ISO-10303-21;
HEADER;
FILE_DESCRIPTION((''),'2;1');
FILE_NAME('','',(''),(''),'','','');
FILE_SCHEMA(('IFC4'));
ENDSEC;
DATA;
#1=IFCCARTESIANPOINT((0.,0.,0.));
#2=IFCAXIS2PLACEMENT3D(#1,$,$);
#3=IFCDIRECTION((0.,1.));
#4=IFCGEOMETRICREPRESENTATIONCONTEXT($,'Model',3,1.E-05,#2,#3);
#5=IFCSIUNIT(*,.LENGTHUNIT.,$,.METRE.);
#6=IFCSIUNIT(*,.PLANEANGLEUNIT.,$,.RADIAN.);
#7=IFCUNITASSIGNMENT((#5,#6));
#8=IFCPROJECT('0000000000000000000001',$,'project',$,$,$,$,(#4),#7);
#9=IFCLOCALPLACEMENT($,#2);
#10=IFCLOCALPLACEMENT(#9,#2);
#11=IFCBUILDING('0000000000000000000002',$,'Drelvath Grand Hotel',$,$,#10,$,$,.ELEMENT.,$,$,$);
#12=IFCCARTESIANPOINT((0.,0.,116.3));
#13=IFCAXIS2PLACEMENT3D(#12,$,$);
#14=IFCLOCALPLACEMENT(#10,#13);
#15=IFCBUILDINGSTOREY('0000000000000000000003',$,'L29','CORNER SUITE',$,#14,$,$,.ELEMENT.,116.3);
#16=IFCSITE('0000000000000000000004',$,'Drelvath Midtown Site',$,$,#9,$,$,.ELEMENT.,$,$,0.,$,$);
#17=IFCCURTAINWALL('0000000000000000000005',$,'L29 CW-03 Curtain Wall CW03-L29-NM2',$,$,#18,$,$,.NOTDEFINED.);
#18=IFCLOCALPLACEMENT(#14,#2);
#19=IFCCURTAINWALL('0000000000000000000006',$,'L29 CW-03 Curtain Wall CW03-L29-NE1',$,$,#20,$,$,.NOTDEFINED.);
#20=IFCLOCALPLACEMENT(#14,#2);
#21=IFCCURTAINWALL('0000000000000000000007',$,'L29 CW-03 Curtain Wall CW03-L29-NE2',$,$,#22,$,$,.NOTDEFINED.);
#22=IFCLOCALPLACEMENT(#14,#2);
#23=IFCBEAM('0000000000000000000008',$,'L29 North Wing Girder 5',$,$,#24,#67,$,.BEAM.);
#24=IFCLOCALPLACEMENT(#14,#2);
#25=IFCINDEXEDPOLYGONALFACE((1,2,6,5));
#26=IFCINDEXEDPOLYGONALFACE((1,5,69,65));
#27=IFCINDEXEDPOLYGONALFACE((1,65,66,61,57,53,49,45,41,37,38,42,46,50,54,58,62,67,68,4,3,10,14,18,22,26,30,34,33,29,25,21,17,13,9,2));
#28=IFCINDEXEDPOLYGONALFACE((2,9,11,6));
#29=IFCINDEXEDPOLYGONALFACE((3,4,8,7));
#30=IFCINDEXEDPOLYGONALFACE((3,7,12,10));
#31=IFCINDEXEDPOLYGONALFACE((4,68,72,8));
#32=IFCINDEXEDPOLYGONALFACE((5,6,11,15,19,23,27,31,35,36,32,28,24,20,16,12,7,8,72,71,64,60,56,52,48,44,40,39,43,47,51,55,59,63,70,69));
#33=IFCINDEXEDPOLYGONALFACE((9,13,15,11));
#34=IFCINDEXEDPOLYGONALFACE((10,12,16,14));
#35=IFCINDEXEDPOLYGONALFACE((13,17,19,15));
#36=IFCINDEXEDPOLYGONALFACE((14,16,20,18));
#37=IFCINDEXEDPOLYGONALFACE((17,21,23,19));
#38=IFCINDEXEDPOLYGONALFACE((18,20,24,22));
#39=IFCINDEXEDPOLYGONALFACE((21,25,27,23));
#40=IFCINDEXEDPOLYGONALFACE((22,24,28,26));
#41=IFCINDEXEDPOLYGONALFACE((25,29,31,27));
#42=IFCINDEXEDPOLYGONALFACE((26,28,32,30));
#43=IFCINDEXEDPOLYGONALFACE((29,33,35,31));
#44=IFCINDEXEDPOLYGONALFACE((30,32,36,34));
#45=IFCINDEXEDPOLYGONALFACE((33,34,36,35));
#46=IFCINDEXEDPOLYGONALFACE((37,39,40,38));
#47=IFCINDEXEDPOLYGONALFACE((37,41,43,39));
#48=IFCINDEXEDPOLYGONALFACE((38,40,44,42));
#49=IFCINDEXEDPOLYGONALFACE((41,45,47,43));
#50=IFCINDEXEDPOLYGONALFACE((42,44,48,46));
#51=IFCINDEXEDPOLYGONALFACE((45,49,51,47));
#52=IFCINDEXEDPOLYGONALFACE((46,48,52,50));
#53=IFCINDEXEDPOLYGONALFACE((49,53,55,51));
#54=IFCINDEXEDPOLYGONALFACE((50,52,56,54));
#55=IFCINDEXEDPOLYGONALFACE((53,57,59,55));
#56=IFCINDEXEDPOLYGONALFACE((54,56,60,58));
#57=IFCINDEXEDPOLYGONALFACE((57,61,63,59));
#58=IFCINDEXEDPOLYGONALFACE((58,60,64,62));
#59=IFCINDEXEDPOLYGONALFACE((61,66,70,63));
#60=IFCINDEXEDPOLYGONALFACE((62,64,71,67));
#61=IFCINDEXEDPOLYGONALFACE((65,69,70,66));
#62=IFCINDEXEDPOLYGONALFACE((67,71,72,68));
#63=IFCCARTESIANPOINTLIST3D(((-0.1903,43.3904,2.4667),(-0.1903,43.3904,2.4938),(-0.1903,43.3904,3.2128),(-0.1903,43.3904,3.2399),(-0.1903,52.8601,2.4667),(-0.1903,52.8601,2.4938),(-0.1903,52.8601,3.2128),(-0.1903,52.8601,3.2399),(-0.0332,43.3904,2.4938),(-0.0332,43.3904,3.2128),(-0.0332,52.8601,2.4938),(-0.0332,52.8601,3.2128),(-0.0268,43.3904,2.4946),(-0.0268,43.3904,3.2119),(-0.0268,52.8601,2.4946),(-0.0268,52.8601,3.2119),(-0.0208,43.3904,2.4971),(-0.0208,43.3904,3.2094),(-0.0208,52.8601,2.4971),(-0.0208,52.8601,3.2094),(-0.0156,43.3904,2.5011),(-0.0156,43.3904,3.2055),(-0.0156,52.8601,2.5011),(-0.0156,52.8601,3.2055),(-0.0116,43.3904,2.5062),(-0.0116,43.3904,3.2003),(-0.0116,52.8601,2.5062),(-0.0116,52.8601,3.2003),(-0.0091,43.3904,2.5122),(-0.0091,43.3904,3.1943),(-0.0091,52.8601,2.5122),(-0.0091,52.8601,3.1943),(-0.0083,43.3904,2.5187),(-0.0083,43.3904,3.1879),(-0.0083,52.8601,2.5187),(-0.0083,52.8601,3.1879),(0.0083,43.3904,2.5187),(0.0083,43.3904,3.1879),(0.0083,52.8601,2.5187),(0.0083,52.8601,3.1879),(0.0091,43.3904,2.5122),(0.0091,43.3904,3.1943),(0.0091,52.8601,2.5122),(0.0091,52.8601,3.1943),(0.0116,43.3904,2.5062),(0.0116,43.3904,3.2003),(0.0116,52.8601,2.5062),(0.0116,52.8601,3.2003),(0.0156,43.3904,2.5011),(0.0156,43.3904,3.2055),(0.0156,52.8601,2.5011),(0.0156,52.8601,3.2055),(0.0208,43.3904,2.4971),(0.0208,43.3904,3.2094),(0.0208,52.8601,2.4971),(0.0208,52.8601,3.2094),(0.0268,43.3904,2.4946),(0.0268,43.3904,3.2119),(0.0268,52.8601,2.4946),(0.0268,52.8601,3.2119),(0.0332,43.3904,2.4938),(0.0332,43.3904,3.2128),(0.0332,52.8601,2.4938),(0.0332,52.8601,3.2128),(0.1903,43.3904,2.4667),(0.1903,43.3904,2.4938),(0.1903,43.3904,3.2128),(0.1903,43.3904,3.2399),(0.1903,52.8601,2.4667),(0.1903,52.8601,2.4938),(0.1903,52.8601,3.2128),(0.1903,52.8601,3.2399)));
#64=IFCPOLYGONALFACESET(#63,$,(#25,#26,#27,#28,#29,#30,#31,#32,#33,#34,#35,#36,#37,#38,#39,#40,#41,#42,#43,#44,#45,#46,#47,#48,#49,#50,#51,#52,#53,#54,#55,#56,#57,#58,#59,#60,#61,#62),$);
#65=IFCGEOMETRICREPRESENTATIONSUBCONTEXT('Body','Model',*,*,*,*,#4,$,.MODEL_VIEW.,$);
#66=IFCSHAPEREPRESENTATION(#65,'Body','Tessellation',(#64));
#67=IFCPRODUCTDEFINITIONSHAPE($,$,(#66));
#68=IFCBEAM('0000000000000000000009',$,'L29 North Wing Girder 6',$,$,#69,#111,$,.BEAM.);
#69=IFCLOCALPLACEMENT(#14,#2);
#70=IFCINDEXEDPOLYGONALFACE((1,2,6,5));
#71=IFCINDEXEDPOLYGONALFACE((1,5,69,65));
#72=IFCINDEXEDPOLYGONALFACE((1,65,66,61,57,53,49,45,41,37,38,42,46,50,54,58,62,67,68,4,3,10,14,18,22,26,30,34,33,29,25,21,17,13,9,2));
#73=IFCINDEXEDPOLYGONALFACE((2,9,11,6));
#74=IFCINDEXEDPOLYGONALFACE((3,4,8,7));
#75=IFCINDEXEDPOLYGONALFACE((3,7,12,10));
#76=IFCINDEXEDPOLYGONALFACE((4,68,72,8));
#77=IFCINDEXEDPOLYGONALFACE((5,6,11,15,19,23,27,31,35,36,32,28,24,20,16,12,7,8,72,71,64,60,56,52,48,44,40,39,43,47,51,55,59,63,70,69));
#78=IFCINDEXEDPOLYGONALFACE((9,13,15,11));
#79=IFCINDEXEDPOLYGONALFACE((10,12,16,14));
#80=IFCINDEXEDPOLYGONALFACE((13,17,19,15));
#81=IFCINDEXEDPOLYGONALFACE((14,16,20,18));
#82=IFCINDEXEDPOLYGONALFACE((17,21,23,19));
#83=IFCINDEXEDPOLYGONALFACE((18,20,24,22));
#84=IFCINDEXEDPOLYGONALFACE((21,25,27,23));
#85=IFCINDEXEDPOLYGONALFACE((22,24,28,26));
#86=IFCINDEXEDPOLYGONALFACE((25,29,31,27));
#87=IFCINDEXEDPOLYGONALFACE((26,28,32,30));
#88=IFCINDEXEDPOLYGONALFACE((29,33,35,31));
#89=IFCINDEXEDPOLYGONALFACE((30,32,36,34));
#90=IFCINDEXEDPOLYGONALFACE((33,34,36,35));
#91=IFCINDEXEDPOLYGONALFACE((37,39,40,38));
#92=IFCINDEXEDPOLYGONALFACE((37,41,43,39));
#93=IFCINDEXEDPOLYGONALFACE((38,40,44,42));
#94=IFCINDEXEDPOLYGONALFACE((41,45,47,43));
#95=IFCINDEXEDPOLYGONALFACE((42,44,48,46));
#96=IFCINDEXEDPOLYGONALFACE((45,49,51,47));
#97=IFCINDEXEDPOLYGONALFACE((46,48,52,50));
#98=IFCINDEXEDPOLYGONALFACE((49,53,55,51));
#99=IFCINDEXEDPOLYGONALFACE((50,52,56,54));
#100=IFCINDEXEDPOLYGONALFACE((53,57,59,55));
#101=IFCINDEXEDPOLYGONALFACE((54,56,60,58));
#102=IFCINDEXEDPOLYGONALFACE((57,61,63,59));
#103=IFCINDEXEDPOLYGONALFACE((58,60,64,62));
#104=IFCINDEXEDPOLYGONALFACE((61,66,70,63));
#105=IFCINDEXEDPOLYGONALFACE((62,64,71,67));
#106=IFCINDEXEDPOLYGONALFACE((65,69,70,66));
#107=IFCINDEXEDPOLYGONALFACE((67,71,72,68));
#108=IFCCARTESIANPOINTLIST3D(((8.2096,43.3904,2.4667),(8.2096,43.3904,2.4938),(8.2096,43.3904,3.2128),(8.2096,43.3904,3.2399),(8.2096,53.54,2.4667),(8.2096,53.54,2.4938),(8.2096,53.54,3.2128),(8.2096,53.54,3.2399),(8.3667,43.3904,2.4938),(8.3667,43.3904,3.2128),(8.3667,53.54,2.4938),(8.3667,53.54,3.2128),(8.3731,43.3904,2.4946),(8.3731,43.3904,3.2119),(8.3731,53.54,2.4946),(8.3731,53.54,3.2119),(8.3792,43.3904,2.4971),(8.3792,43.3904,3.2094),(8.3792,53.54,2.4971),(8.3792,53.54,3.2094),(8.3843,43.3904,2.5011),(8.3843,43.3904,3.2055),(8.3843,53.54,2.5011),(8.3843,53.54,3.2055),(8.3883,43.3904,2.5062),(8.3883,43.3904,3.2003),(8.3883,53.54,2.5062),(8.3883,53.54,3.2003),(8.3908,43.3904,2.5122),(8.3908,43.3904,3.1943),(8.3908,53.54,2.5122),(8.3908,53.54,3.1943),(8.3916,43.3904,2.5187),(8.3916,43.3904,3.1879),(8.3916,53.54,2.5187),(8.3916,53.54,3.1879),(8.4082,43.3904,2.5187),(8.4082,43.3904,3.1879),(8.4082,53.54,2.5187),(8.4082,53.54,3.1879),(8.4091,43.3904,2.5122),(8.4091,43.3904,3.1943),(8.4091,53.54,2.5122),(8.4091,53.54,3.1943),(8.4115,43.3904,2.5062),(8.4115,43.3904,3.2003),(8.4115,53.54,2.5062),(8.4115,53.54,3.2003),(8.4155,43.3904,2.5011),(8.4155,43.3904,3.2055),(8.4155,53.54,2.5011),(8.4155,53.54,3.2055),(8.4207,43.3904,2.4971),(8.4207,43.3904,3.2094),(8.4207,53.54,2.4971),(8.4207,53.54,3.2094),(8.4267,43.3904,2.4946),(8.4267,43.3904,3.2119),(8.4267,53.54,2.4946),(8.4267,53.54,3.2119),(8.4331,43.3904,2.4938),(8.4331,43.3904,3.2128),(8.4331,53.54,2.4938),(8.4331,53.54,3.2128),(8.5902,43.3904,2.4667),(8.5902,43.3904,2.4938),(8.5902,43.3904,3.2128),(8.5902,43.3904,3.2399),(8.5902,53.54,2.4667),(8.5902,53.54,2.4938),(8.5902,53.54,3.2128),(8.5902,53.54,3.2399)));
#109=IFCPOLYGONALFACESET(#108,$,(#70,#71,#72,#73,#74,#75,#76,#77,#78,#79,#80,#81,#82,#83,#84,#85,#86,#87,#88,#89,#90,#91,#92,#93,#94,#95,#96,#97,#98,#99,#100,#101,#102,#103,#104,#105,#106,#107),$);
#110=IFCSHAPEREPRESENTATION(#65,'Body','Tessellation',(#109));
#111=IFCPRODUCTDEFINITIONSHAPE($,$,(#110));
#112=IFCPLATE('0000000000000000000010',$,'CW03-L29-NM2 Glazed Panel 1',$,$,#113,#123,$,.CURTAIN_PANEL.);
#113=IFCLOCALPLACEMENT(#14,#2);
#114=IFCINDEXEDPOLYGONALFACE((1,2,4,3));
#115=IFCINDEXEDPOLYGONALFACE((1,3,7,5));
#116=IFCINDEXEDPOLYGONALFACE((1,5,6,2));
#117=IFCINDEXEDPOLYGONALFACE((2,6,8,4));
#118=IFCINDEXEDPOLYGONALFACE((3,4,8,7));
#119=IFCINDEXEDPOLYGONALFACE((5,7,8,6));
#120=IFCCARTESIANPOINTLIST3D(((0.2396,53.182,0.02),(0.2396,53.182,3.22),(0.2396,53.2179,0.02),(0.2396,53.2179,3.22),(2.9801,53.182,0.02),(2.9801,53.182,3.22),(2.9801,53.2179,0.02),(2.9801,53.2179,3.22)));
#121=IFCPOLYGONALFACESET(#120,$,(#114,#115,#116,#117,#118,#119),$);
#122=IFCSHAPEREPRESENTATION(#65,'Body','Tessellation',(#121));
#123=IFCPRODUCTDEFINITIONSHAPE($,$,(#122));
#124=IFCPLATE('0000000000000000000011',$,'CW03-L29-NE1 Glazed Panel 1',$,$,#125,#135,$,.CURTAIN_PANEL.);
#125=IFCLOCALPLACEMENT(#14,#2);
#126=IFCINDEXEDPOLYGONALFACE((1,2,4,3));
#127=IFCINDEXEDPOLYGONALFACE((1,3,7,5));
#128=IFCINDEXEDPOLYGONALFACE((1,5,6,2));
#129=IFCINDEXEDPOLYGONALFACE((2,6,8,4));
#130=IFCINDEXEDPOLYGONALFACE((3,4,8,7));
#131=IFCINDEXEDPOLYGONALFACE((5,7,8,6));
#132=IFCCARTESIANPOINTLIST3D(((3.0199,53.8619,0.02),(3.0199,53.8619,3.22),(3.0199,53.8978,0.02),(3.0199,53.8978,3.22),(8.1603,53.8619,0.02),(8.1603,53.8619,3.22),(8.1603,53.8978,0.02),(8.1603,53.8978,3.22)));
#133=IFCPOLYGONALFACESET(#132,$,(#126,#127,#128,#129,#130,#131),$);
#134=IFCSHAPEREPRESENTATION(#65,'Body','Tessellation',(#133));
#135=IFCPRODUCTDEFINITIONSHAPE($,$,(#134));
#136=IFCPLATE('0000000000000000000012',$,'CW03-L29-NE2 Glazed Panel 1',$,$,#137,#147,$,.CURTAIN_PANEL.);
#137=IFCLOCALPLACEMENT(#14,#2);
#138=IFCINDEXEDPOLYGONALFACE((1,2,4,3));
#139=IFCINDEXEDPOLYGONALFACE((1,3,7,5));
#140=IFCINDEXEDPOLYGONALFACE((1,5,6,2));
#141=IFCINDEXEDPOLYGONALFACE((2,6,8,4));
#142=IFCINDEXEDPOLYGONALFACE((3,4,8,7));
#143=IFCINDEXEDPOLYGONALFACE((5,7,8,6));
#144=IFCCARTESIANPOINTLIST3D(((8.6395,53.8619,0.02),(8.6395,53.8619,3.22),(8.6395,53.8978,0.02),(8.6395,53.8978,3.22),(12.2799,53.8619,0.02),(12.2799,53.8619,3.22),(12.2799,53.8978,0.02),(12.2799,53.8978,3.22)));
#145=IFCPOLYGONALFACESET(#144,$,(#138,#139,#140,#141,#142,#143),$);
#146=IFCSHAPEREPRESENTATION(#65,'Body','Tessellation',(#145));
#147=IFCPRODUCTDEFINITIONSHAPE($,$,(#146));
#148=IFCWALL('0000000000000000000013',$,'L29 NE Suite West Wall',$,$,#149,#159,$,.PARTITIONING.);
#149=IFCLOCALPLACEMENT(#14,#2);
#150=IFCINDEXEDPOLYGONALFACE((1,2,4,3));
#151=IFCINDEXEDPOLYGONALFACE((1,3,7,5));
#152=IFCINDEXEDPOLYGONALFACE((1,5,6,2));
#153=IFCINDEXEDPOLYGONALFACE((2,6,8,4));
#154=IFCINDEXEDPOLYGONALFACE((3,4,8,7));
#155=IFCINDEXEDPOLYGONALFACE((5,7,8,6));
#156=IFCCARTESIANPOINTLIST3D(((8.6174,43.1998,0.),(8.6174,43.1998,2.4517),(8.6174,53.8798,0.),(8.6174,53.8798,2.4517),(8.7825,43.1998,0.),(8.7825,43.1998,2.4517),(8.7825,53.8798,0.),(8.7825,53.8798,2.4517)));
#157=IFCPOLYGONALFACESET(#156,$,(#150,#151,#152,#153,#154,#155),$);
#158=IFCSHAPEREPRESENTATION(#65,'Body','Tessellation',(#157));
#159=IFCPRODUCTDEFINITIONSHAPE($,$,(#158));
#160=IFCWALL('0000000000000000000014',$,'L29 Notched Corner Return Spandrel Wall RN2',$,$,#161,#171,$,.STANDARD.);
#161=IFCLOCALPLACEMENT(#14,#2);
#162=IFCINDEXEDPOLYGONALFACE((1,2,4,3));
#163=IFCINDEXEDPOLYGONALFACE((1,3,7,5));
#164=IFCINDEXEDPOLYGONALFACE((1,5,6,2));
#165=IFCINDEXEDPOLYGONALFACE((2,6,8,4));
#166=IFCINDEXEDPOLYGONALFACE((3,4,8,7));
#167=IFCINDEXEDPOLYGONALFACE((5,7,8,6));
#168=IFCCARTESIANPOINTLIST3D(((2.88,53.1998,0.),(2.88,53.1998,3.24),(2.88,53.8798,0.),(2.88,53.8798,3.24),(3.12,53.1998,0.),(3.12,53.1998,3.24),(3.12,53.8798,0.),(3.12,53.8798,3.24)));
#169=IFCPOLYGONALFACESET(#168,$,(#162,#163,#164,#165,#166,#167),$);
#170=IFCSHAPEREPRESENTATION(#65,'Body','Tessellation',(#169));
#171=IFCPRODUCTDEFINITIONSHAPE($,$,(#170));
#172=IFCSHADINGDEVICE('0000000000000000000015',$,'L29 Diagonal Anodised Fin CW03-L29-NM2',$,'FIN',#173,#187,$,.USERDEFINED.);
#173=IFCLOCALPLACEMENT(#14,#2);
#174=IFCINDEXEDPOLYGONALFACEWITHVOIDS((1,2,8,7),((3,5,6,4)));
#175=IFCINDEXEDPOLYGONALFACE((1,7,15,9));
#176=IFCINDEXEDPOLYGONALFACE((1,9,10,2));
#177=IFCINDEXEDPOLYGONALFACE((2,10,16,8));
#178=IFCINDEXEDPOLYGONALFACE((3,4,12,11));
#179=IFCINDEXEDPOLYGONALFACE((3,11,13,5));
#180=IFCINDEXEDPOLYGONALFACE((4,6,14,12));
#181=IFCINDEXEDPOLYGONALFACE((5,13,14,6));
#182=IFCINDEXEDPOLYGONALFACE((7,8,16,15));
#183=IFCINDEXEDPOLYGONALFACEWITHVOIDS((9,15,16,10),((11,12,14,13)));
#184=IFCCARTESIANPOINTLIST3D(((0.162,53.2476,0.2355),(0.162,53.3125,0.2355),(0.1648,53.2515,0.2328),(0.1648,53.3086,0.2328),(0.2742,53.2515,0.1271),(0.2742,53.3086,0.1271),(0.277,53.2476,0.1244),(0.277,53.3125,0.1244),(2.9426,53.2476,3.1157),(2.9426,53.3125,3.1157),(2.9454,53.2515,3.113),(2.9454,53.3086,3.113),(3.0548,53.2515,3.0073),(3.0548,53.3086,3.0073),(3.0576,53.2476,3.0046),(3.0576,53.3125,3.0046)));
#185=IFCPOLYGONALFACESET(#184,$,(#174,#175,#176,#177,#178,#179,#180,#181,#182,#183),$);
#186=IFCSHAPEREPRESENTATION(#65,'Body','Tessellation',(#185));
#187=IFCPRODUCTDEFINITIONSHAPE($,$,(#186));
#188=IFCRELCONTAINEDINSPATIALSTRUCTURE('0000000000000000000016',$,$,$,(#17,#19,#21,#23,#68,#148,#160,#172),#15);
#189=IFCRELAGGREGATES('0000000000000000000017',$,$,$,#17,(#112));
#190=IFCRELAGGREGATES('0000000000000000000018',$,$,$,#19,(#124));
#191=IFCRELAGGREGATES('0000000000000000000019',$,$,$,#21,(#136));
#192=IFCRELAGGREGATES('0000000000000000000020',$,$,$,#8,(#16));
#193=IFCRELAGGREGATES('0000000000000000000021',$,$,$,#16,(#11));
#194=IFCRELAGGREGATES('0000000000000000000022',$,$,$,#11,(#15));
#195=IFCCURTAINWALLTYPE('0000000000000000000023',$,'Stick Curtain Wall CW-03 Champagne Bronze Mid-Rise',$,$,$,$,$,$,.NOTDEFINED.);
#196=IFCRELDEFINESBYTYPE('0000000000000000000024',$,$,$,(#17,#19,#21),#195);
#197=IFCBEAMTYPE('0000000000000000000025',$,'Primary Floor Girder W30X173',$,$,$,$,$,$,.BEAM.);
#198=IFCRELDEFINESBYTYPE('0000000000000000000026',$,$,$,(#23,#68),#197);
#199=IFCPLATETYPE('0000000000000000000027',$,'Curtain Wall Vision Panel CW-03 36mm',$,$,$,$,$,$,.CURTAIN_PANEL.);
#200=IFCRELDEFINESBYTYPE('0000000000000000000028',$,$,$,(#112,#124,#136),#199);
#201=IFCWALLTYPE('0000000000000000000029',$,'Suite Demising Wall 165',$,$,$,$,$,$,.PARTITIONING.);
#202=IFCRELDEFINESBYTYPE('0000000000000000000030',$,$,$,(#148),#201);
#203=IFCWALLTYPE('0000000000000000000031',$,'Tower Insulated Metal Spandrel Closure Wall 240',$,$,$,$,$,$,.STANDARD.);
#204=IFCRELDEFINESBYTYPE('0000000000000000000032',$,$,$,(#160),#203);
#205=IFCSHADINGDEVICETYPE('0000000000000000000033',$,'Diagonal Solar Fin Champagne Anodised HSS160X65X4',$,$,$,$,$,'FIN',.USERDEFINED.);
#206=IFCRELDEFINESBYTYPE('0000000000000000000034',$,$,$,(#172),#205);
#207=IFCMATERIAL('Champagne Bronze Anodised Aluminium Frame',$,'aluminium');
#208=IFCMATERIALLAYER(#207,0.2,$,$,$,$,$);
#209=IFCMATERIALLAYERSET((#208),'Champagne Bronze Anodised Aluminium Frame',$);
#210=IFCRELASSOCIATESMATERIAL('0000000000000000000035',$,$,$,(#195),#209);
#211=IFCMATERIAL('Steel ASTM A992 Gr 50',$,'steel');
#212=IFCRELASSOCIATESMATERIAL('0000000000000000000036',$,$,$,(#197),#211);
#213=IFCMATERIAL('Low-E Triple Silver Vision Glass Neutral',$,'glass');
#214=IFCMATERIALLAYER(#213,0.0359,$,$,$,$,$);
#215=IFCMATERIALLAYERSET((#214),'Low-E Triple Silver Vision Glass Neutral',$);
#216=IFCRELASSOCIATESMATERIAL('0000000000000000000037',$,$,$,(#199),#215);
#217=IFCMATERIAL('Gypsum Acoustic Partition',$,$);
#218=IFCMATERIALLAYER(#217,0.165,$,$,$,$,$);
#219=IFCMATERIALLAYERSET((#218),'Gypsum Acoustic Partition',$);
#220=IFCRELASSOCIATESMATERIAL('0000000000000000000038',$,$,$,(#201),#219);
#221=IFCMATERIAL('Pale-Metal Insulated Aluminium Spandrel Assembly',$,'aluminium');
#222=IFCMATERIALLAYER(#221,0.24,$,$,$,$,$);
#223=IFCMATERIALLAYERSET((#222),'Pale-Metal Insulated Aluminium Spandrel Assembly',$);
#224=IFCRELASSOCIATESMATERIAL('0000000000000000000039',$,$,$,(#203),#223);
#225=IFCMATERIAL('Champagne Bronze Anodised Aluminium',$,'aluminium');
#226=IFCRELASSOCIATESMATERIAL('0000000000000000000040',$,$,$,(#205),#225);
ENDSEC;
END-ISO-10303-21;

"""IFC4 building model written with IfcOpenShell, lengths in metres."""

from ifc_helpers import new_model, si_unit, direction, frame, frame_2d, origin, origin_2d, place, context, subcontext, project, spatial, rectangle, hollow_rectangle, i_section, extrude, material, layer, layer_set, material_profile, profile_set, type_object, element, aggregate, save


model = new_model("IFC4")

# Units and contexts
model_context = context("Model", 3, precision=1e-05, world=origin(), true_north=direction((0.0, 1.0)))
body_context = subcontext(model_context, "Body", "Model", "MODEL_VIEW")
ifc_project = project(units=[si_unit("LENGTHUNIT", "METRE"), si_unit("PLANEANGLEUNIT", "RADIAN")], contexts=[model_context])

# Site, building, storey
site_placement = place(None, origin())
site = spatial("IfcSite", under=ifc_project, at=site_placement, Name="Drelvath Midtown Site", CompositionType="ELEMENT", RefElevation=0.0)
building_placement = place(site_placement, origin())
building = spatial("IfcBuilding", under=site, at=building_placement, Name="Drelvath Grand Hotel", CompositionType="ELEMENT")
storey_placement = place(building_placement, frame((0.0, 0.0, 116.3)))
storey = spatial("IfcBuildingStorey", under=building, at=storey_placement, Name="L29", Description="CORNER SUITE", CompositionType="ELEMENT", Elevation=116.3)

# Curtain walls
ifc_material_1 = material(Name="Champagne Bronze Anodised Aluminium Frame", Category="aluminium")
ifc_layer_1 = layer(ifc_material_1, 0.2)
ifc_layer_set_1 = layer_set([ifc_layer_1], Name="Champagne Bronze Anodised Aluminium Frame")
curtain_wall_type = type_object("IfcCurtainWallType", Name="Stick Curtain Wall CW-03 Champagne Bronze Mid-Rise", PredefinedType="NOTDEFINED", material=ifc_layer_set_1)
curtain_wall_1_placement = place(storey_placement, origin())
curtain_wall_1 = element("IfcCurtainWall", 1, at=curtain_wall_1_placement, inside=storey, type_object=curtain_wall_type, Name="L29 CW-03 Curtain Wall CW03-L29-NM2", PredefinedType="NOTDEFINED")
curtain_wall_2_placement = place(storey_placement, origin())
curtain_wall_2 = element("IfcCurtainWall", 2, at=curtain_wall_2_placement, inside=storey, type_object=curtain_wall_type, Name="L29 CW-03 Curtain Wall CW03-L29-NE1", PredefinedType="NOTDEFINED")
curtain_wall_3_placement = place(storey_placement, origin())
curtain_wall_3 = element("IfcCurtainWall", 3, at=curtain_wall_3_placement, inside=storey, type_object=curtain_wall_type, Name="L29 CW-03 Curtain Wall CW03-L29-NE2", PredefinedType="NOTDEFINED")

# Beams
ifc_material_2 = material(Name="Steel ASTM A992 Gr 50", Category="steel")
ifc_material_profile_1 = material_profile(ifc_material_2, i_section(OverallWidth=0.3806, OverallDepth=0.7732, WebThickness=0.0166, FlangeThickness=0.0271, FilletRadius=0.0249, at=origin_2d()), Name="W30X173")
ifc_profile_set_1 = profile_set([ifc_material_profile_1], Name="Steel ASTM A992 Gr 50")
beam_type_1 = type_object("IfcBeamType", Name="Primary Floor Girder W30X173", PredefinedType="BEAM", material=ifc_profile_set_1)
beam_1_placement = place(storey_placement, frame((0.0, 43.3904, 2.8533), z_axis=(0.0, 1.0, 0.0), x_axis=(-1.0, 0.0, 0.0)))
element("IfcBeam", 4, at=beam_1_placement, inside=storey, type_object=beam_type_1, Name="L29 North Wing Girder 5", PredefinedType="BEAM", context=body_context, shape_type="SweptSolid", body=[
    extrude(i_section(OverallWidth=0.3806, OverallDepth=0.7732, WebThickness=0.0166, FlangeThickness=0.0271, FilletRadius=0.0249, at=origin_2d()), origin(), (0.0, 0.0, 1.0), 9.4697),
])
beam_2_placement = place(storey_placement, frame((8.3999, 43.3904, 2.8533), z_axis=(0.0, 1.0, 0.0), x_axis=(-1.0, 0.0, 0.0)))
element("IfcBeam", 5, at=beam_2_placement, inside=storey, type_object=beam_type_1, Name="L29 North Wing Girder 6", PredefinedType="BEAM", context=body_context, shape_type="SweptSolid", body=[
    extrude(i_section(OverallWidth=0.3806, OverallDepth=0.7732, WebThickness=0.0166, FlangeThickness=0.0271, FilletRadius=0.0249, at=origin_2d()), origin(), (0.0, 0.0, 1.0), 10.1497),
])

# Plates
ifc_material_3 = material(Name="Low-E Triple Silver Vision Glass Neutral", Category="glass")
ifc_layer_2 = layer(ifc_material_3, 0.0359)
ifc_layer_set_2 = layer_set([ifc_layer_2], Name="Low-E Triple Silver Vision Glass Neutral")
plate_type = type_object("IfcPlateType", Name="Curtain Wall Vision Panel CW-03 36mm", PredefinedType="CURTAIN_PANEL", material=ifc_layer_set_2)
plate_1_placement = place(storey_placement, frame((1.6099, 53.2, 0.02), z_axis=(0.0, 0.0, 1.0), x_axis=(1.0, 0.0, 0.0)))
plate_1 = element("IfcPlate", 6, at=plate_1_placement, type_object=plate_type, Name="CW03-L29-NM2 Glazed Panel 1", PredefinedType="CURTAIN_PANEL", context=body_context, shape_type="SweptSolid", body=[
    extrude(rectangle(XDim=2.7405, YDim=0.0359, at=origin_2d()), origin(), (0.0, 0.0, 1.0), 3.2),
])
aggregate(curtain_wall_1, [plate_1])
plate_2_placement = place(storey_placement, frame((5.5901, 53.8799, 0.02), z_axis=(0.0, 0.0, 1.0), x_axis=(1.0, 0.0, 0.0)))
plate_2 = element("IfcPlate", 7, at=plate_2_placement, type_object=plate_type, Name="CW03-L29-NE1 Glazed Panel 1", PredefinedType="CURTAIN_PANEL", context=body_context, shape_type="SweptSolid", body=[
    extrude(rectangle(XDim=5.1404, YDim=0.0359, at=origin_2d()), origin(), (0.0, 0.0, 1.0), 3.2),
])
aggregate(curtain_wall_2, [plate_2])
plate_3_placement = place(storey_placement, frame((10.4597, 53.8799, 0.02), z_axis=(0.0, 0.0, 1.0), x_axis=(1.0, 0.0, 0.0)))
plate_3 = element("IfcPlate", 8, at=plate_3_placement, type_object=plate_type, Name="CW03-L29-NE2 Glazed Panel 1", PredefinedType="CURTAIN_PANEL", context=body_context, shape_type="SweptSolid", body=[
    extrude(rectangle(XDim=3.6404, YDim=0.0359, at=origin_2d()), origin(), (0.0, 0.0, 1.0), 3.2),
])
aggregate(curtain_wall_3, [plate_3])

# Walls
ifc_material_4 = material(Name="Gypsum Acoustic Partition")
ifc_layer_3 = layer(ifc_material_4, 0.165)
ifc_layer_set_3 = layer_set([ifc_layer_3], Name="Gypsum Acoustic Partition")
wall_type_1 = type_object("IfcWallType", Name="Suite Demising Wall 165", PredefinedType="PARTITIONING", material=ifc_layer_set_3)
wall_1_placement = place(storey_placement, frame((8.7, 43.2, 0.0), z_axis=(0.0, 0.0, 1.0), x_axis=(0.0, 1.0, 0.0)))
element("IfcWall", 9, at=wall_1_placement, inside=storey, type_object=wall_type_1, Name="L29 NE Suite West Wall", PredefinedType="PARTITIONING", context=body_context, shape_type="SweptSolid", body=[
    extrude(rectangle(XDim=10.6799, YDim=0.165, at=frame_2d((5.3398, 0.0))), origin(), (0.0, 0.0, 1.0), 2.4517),
])
ifc_material_5 = material(Name="Pale-Metal Insulated Aluminium Spandrel Assembly", Category="aluminium")
ifc_layer_4 = layer(ifc_material_5, 0.24)
ifc_layer_set_4 = layer_set([ifc_layer_4], Name="Pale-Metal Insulated Aluminium Spandrel Assembly")
wall_type_2 = type_object("IfcWallType", Name="Tower Insulated Metal Spandrel Closure Wall 240", PredefinedType="STANDARD", material=ifc_layer_set_4)
wall_2_placement = place(storey_placement, frame((3.0, 53.2, 0.0), z_axis=(0.0, 0.0, 1.0), x_axis=(0.0, 1.0, 0.0)))
element("IfcWall", 10, at=wall_2_placement, inside=storey, type_object=wall_type_2, Name="L29 Notched Corner Return Spandrel Wall RN2", PredefinedType="STANDARD", context=body_context, shape_type="SweptSolid", body=[
    extrude(rectangle(XDim=0.6799, YDim=0.24, at=frame_2d((0.3398, 0.0))), origin(), (0.0, 0.0, 1.0), 3.24),
])

# Shading device
ifc_material_6 = material(Name="Champagne Bronze Anodised Aluminium", Category="aluminium")
ifc_material_profile_2 = material_profile(ifc_material_6, hollow_rectangle(XDim=0.0649, YDim=0.1599, WallThickness=0.0039, at=origin_2d()), Name="HSS160X65X4")
ifc_profile_set_2 = profile_set([ifc_material_profile_2], Name="Champagne Bronze Anodised Aluminium")
shading_device_type = type_object("IfcShadingDeviceType", Name="Diagonal Solar Fin Champagne Anodised HSS160X65X4", ElementType="FIN", PredefinedType="USERDEFINED", material=ifc_profile_set_2)
shading_device_placement = place(storey_placement, frame((0.2195, 53.28, 0.1799), z_axis=(0.694556, 0.0, 0.719438), x_axis=(0.0, 1.0, 0.0)))
element("IfcShadingDevice", 11, at=shading_device_placement, inside=storey, type_object=shading_device_type, Name="L29 Diagonal Anodised Fin CW03-L29-NM2", ObjectType="FIN", PredefinedType="USERDEFINED", context=body_context, shape_type="SweptSolid", body=[
    extrude(hollow_rectangle(XDim=0.0649, YDim=0.1599, WallThickness=0.0039, at=origin_2d()), origin(), (0.0, 0.0, 1.0), 4.0034),
])

save(model, "model.ifc")
